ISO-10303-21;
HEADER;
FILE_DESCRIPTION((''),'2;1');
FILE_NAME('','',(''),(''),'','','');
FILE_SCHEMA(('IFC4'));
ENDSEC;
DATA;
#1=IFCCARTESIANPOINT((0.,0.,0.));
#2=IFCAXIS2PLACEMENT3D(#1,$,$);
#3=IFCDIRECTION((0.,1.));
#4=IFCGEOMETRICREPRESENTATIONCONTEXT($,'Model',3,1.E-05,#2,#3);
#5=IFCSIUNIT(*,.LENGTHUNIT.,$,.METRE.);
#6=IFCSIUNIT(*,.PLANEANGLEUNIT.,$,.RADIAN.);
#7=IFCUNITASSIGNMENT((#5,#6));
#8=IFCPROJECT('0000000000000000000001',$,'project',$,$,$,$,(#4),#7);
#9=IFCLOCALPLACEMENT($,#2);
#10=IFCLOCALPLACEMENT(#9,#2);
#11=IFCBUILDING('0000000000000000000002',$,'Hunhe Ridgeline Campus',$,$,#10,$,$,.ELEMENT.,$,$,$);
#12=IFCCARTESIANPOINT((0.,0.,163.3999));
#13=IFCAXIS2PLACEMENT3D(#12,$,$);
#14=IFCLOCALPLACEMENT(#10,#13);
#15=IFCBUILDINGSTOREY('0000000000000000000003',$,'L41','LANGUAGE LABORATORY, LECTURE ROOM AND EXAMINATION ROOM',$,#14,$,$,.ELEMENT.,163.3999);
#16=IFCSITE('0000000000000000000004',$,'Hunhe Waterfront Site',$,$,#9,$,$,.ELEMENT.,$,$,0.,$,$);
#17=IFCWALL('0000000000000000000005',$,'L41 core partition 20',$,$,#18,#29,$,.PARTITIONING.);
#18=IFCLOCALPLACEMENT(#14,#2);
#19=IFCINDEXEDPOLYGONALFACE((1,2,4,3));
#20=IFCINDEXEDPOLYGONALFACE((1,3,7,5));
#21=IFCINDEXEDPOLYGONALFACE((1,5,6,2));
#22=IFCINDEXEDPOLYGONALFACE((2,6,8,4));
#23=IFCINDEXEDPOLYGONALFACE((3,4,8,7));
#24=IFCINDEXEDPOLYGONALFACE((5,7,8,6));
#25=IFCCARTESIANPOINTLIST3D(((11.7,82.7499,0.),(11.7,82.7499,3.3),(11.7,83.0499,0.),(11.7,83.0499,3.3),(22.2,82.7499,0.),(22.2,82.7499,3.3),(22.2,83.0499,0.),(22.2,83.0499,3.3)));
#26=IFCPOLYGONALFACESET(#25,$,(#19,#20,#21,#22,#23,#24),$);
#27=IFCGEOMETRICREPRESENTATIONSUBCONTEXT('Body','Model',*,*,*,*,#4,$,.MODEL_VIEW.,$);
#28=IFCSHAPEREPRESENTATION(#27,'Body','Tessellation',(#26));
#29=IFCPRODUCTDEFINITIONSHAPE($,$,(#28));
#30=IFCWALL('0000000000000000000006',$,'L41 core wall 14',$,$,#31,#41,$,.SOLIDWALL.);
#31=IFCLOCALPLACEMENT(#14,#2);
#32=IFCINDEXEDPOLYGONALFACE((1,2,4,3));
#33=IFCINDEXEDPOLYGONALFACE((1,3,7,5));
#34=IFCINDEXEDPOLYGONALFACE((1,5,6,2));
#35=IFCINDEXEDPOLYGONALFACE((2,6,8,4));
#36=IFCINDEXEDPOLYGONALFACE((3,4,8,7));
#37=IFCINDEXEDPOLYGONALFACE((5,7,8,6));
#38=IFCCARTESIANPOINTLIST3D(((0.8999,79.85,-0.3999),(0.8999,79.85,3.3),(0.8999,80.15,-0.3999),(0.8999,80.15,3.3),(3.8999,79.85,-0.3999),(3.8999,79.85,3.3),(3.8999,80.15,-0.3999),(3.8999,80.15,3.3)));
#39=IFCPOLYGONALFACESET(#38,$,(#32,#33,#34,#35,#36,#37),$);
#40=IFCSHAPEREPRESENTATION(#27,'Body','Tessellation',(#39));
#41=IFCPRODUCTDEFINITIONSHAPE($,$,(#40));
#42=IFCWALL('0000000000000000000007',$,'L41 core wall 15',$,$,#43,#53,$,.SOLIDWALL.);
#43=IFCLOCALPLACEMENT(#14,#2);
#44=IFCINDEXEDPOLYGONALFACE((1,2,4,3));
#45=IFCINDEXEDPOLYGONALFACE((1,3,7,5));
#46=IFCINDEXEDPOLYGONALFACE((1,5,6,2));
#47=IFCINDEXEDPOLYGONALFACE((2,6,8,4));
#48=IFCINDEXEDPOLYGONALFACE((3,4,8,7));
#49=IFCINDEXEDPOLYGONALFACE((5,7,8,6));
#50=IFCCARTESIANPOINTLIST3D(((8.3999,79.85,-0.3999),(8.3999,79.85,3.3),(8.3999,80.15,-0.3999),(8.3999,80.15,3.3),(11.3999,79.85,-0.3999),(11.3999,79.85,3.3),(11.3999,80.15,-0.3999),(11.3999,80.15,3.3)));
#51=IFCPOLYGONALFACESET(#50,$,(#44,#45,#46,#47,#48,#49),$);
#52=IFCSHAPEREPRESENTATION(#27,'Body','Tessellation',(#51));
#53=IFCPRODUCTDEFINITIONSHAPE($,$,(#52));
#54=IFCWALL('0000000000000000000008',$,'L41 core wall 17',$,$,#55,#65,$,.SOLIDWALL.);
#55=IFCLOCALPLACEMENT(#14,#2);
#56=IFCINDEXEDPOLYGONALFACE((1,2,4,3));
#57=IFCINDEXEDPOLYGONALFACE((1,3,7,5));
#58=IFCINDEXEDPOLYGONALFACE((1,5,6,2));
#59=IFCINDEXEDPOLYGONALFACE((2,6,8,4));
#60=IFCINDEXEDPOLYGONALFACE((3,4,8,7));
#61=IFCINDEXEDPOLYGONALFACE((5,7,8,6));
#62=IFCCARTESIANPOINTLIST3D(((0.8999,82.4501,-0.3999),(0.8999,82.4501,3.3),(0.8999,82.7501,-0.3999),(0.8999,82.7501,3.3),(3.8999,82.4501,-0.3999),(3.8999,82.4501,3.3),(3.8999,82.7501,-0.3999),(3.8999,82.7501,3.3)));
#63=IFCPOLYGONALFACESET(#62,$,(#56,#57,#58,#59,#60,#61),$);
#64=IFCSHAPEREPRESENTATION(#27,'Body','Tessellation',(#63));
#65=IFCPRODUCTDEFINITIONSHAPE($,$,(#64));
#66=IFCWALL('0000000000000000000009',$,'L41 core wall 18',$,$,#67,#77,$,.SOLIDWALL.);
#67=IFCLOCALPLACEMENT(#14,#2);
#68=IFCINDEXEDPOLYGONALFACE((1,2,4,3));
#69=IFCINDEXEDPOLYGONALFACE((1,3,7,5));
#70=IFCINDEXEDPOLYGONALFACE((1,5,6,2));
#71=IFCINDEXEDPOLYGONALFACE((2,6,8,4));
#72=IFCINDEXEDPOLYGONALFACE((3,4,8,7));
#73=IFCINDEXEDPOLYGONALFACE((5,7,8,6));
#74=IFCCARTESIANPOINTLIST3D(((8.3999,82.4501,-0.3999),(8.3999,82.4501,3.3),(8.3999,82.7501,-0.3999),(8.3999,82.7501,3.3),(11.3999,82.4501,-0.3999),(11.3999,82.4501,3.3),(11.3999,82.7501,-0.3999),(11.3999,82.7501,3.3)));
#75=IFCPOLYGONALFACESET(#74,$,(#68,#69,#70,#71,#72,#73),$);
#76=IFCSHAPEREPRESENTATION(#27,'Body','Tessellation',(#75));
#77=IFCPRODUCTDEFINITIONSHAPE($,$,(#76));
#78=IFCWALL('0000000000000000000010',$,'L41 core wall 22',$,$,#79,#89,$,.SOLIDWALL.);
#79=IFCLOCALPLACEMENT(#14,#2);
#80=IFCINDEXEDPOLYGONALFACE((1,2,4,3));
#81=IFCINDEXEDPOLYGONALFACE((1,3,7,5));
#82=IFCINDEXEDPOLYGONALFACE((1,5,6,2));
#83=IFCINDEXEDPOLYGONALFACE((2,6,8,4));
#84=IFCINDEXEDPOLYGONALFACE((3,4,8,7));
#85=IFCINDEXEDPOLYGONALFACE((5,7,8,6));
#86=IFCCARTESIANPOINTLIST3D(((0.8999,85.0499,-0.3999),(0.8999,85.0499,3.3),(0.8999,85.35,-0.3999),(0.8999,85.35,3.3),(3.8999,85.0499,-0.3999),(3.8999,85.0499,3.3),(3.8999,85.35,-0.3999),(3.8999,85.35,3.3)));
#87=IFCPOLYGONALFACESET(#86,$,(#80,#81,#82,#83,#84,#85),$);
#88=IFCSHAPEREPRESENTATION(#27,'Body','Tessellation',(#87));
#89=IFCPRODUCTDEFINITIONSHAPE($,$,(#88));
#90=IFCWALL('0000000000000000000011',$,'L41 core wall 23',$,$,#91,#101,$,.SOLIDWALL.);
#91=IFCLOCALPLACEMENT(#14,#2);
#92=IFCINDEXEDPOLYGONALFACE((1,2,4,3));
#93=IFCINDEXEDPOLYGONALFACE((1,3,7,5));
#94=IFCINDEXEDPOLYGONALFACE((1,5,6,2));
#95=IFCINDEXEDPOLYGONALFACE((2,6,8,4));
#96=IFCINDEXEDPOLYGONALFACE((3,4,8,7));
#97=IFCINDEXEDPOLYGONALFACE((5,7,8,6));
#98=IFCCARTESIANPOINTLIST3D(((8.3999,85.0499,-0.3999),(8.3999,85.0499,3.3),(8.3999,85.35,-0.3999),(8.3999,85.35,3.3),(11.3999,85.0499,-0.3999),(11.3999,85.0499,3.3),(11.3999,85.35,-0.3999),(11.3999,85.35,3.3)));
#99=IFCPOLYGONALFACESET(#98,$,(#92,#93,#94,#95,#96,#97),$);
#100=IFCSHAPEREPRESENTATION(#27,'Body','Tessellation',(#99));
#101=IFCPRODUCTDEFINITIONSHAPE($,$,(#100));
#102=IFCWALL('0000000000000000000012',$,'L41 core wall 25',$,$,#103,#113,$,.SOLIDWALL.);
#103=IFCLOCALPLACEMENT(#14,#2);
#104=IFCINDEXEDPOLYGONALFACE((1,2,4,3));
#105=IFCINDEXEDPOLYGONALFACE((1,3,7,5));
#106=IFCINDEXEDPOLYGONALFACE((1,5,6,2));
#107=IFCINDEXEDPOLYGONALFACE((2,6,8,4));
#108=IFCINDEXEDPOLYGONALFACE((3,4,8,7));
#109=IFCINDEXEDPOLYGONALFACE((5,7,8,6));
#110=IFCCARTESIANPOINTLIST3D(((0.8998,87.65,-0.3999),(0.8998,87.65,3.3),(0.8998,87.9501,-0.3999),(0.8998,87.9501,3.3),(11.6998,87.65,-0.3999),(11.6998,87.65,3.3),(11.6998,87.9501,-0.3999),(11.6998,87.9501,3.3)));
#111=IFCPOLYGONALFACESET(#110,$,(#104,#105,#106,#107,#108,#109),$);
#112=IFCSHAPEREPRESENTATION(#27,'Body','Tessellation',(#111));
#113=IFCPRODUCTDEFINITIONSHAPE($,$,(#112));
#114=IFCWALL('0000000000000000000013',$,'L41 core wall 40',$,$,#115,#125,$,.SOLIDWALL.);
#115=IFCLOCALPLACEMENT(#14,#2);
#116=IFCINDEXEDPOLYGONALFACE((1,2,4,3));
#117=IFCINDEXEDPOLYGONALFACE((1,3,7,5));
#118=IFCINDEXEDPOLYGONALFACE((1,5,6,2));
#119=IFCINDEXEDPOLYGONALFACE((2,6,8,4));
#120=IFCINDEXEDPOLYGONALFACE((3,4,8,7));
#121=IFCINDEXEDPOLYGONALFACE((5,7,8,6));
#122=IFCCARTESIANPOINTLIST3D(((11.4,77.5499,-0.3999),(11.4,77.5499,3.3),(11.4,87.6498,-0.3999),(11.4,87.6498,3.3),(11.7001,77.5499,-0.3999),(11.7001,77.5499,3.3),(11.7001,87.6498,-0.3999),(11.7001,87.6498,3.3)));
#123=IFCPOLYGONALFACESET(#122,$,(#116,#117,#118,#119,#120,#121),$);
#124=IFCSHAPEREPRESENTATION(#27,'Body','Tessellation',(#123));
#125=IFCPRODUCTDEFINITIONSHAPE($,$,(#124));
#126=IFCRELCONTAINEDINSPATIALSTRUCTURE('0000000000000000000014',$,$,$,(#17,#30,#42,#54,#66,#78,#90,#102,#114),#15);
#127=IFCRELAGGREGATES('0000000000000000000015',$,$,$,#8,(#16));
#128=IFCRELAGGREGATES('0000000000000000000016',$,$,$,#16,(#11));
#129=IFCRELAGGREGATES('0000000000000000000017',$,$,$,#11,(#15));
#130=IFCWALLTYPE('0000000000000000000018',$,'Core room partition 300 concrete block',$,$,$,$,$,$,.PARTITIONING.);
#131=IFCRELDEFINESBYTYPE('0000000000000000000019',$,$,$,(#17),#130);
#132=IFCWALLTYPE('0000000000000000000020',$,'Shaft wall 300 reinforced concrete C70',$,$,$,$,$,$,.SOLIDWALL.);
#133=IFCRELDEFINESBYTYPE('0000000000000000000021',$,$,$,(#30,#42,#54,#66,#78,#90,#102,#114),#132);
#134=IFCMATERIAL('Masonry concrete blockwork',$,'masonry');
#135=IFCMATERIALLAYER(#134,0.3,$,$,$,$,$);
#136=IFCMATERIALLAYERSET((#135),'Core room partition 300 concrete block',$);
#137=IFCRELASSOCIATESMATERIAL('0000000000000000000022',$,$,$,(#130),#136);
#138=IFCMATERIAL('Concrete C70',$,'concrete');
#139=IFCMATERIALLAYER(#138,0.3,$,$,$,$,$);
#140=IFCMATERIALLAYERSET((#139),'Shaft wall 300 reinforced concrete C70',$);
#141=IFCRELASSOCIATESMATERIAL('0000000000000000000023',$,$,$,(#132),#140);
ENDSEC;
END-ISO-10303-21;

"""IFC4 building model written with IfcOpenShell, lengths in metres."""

from ifc_helpers import new_model, si_unit, direction, frame, frame_2d, origin, place, context, subcontext, project, spatial, rectangle, extrude, material, layer, layer_set, type_object, element, save


model = new_model("IFC4")

# Units and contexts
model_context = context("Model", 3, precision=1e-05, world=origin(), true_north=direction((0.0, 1.0)))
body_context = subcontext(model_context, "Body", "Model", "MODEL_VIEW")
ifc_project = project(units=[si_unit("LENGTHUNIT", "METRE"), si_unit("PLANEANGLEUNIT", "RADIAN")], contexts=[model_context])

# Site, building, storey
site_placement = place(None, origin())
site = spatial("IfcSite", under=ifc_project, at=site_placement, Name="Hunhe Waterfront Site", CompositionType="ELEMENT", RefElevation=0.0)
building_placement = place(site_placement, origin())
building = spatial("IfcBuilding", under=site, at=building_placement, Name="Hunhe Ridgeline Campus", CompositionType="ELEMENT")
storey_placement = place(building_placement, frame((0.0, 0.0, 163.3999)))
storey = spatial("IfcBuildingStorey", under=building, at=storey_placement, Name="L41", Description="LANGUAGE LABORATORY, LECTURE ROOM AND EXAMINATION ROOM", CompositionType="ELEMENT", Elevation=163.3999)

# Wall
ifc_material_1 = material(Name="Masonry concrete blockwork", Category="masonry")
ifc_layer_1 = layer(ifc_material_1, 0.3)
ifc_layer_set_1 = layer_set([ifc_layer_1], Name="Core room partition 300 concrete block")
wall_type_1 = type_object("IfcWallType", Name="Core room partition 300 concrete block", PredefinedType="PARTITIONING", material=ifc_layer_set_1)
wall_1_placement = place(storey_placement, frame((11.7, 82.8999, 0.0), z_axis=(0.0, 0.0, 1.0), x_axis=(1.0, 0.0, 0.0)))
element("IfcWall", 1, at=wall_1_placement, inside=storey, type_object=wall_type_1, Name="L41 core partition 20", PredefinedType="PARTITIONING", context=body_context, shape_type="SweptSolid", body=[
    extrude(rectangle(XDim=10.5, YDim=0.3, at=frame_2d((5.25, 0.0))), origin(), (0.0, 0.0, 1.0), 3.3),
])

# Shared definitions
ifc_material_2 = material(Name="Concrete C70", Category="concrete")
ifc_layer_2 = layer(ifc_material_2, 0.3)
ifc_layer_set_2 = layer_set([ifc_layer_2], Name="Shaft wall 300 reinforced concrete C70")
wall_type_2 = type_object("IfcWallType", Name="Shaft wall 300 reinforced concrete C70", PredefinedType="SOLIDWALL", material=ifc_layer_set_2)

# Walls
for number, where, z_axis, x_axis, name in (
    (2, (0.8999, 80.0, -0.3999), (0.0, 0.0, 1.0), (1.0, 0.0, 0.0), "L41 core wall 14"),
    (3, (8.3999, 80.0, -0.3999), (0.0, 0.0, 1.0), (1.0, 0.0, 0.0), "L41 core wall 15"),
    (4, (0.8999, 82.6001, -0.3999), (0.0, 0.0, 1.0), (1.0, 0.0, 0.0), "L41 core wall 17"),
    (5, (8.3999, 82.6001, -0.3999), (0.0, 0.0, 1.0), (1.0, 0.0, 0.0), "L41 core wall 18"),
    (6, (0.8999, 85.2, -0.3999), (0.0, 0.0, 1.0), (1.0, 0.0, 0.0), "L41 core wall 22"),
    (7, (8.3999, 85.2, -0.3999), (0.0, 0.0, 1.0), (1.0, 0.0, 0.0), "L41 core wall 23"),
):
    element("IfcWall", number, at=place(storey_placement, frame(where, z_axis=z_axis, x_axis=x_axis)), inside=storey, type_object=wall_type_2, Name=name, PredefinedType="SOLIDWALL", context=body_context, shape_type="SweptSolid", body=[
        extrude(rectangle(XDim=3.0, YDim=0.3, at=frame_2d((1.5, 0.0))), origin(), (0.0, 0.0, 1.0), 3.7),
    ])
wall_2_placement = place(storey_placement, frame((0.8999, 87.8, -0.3999), z_axis=(0.0, 0.0, 1.0), x_axis=(1.0, 0.0, 0.0)))
element("IfcWall", 8, at=wall_2_placement, inside=storey, type_object=wall_type_2, Name="L41 core wall 25", PredefinedType="SOLIDWALL", context=body_context, shape_type="SweptSolid", body=[
    extrude(rectangle(XDim=10.8, YDim=0.3, at=frame_2d((5.3999, 0.0))), origin(), (0.0, 0.0, 1.0), 3.7),
])

# Wall
wall_3_placement = place(storey_placement, frame((11.55, 77.55, -0.3999), z_axis=(0.0, 0.0, 1.0), x_axis=(0.0, 1.0, 0.0)))
element("IfcWall", 9, at=wall_3_placement, inside=storey, type_object=wall_type_2, Name="L41 core wall 40", PredefinedType="SOLIDWALL", context=body_context, shape_type="SweptSolid", body=[
    extrude(rectangle(XDim=10.0999, YDim=0.3, at=frame_2d((5.0498, 0.0))), origin(), (0.0, 0.0, 1.0), 3.7),
])

save(model, "model.ifc")
